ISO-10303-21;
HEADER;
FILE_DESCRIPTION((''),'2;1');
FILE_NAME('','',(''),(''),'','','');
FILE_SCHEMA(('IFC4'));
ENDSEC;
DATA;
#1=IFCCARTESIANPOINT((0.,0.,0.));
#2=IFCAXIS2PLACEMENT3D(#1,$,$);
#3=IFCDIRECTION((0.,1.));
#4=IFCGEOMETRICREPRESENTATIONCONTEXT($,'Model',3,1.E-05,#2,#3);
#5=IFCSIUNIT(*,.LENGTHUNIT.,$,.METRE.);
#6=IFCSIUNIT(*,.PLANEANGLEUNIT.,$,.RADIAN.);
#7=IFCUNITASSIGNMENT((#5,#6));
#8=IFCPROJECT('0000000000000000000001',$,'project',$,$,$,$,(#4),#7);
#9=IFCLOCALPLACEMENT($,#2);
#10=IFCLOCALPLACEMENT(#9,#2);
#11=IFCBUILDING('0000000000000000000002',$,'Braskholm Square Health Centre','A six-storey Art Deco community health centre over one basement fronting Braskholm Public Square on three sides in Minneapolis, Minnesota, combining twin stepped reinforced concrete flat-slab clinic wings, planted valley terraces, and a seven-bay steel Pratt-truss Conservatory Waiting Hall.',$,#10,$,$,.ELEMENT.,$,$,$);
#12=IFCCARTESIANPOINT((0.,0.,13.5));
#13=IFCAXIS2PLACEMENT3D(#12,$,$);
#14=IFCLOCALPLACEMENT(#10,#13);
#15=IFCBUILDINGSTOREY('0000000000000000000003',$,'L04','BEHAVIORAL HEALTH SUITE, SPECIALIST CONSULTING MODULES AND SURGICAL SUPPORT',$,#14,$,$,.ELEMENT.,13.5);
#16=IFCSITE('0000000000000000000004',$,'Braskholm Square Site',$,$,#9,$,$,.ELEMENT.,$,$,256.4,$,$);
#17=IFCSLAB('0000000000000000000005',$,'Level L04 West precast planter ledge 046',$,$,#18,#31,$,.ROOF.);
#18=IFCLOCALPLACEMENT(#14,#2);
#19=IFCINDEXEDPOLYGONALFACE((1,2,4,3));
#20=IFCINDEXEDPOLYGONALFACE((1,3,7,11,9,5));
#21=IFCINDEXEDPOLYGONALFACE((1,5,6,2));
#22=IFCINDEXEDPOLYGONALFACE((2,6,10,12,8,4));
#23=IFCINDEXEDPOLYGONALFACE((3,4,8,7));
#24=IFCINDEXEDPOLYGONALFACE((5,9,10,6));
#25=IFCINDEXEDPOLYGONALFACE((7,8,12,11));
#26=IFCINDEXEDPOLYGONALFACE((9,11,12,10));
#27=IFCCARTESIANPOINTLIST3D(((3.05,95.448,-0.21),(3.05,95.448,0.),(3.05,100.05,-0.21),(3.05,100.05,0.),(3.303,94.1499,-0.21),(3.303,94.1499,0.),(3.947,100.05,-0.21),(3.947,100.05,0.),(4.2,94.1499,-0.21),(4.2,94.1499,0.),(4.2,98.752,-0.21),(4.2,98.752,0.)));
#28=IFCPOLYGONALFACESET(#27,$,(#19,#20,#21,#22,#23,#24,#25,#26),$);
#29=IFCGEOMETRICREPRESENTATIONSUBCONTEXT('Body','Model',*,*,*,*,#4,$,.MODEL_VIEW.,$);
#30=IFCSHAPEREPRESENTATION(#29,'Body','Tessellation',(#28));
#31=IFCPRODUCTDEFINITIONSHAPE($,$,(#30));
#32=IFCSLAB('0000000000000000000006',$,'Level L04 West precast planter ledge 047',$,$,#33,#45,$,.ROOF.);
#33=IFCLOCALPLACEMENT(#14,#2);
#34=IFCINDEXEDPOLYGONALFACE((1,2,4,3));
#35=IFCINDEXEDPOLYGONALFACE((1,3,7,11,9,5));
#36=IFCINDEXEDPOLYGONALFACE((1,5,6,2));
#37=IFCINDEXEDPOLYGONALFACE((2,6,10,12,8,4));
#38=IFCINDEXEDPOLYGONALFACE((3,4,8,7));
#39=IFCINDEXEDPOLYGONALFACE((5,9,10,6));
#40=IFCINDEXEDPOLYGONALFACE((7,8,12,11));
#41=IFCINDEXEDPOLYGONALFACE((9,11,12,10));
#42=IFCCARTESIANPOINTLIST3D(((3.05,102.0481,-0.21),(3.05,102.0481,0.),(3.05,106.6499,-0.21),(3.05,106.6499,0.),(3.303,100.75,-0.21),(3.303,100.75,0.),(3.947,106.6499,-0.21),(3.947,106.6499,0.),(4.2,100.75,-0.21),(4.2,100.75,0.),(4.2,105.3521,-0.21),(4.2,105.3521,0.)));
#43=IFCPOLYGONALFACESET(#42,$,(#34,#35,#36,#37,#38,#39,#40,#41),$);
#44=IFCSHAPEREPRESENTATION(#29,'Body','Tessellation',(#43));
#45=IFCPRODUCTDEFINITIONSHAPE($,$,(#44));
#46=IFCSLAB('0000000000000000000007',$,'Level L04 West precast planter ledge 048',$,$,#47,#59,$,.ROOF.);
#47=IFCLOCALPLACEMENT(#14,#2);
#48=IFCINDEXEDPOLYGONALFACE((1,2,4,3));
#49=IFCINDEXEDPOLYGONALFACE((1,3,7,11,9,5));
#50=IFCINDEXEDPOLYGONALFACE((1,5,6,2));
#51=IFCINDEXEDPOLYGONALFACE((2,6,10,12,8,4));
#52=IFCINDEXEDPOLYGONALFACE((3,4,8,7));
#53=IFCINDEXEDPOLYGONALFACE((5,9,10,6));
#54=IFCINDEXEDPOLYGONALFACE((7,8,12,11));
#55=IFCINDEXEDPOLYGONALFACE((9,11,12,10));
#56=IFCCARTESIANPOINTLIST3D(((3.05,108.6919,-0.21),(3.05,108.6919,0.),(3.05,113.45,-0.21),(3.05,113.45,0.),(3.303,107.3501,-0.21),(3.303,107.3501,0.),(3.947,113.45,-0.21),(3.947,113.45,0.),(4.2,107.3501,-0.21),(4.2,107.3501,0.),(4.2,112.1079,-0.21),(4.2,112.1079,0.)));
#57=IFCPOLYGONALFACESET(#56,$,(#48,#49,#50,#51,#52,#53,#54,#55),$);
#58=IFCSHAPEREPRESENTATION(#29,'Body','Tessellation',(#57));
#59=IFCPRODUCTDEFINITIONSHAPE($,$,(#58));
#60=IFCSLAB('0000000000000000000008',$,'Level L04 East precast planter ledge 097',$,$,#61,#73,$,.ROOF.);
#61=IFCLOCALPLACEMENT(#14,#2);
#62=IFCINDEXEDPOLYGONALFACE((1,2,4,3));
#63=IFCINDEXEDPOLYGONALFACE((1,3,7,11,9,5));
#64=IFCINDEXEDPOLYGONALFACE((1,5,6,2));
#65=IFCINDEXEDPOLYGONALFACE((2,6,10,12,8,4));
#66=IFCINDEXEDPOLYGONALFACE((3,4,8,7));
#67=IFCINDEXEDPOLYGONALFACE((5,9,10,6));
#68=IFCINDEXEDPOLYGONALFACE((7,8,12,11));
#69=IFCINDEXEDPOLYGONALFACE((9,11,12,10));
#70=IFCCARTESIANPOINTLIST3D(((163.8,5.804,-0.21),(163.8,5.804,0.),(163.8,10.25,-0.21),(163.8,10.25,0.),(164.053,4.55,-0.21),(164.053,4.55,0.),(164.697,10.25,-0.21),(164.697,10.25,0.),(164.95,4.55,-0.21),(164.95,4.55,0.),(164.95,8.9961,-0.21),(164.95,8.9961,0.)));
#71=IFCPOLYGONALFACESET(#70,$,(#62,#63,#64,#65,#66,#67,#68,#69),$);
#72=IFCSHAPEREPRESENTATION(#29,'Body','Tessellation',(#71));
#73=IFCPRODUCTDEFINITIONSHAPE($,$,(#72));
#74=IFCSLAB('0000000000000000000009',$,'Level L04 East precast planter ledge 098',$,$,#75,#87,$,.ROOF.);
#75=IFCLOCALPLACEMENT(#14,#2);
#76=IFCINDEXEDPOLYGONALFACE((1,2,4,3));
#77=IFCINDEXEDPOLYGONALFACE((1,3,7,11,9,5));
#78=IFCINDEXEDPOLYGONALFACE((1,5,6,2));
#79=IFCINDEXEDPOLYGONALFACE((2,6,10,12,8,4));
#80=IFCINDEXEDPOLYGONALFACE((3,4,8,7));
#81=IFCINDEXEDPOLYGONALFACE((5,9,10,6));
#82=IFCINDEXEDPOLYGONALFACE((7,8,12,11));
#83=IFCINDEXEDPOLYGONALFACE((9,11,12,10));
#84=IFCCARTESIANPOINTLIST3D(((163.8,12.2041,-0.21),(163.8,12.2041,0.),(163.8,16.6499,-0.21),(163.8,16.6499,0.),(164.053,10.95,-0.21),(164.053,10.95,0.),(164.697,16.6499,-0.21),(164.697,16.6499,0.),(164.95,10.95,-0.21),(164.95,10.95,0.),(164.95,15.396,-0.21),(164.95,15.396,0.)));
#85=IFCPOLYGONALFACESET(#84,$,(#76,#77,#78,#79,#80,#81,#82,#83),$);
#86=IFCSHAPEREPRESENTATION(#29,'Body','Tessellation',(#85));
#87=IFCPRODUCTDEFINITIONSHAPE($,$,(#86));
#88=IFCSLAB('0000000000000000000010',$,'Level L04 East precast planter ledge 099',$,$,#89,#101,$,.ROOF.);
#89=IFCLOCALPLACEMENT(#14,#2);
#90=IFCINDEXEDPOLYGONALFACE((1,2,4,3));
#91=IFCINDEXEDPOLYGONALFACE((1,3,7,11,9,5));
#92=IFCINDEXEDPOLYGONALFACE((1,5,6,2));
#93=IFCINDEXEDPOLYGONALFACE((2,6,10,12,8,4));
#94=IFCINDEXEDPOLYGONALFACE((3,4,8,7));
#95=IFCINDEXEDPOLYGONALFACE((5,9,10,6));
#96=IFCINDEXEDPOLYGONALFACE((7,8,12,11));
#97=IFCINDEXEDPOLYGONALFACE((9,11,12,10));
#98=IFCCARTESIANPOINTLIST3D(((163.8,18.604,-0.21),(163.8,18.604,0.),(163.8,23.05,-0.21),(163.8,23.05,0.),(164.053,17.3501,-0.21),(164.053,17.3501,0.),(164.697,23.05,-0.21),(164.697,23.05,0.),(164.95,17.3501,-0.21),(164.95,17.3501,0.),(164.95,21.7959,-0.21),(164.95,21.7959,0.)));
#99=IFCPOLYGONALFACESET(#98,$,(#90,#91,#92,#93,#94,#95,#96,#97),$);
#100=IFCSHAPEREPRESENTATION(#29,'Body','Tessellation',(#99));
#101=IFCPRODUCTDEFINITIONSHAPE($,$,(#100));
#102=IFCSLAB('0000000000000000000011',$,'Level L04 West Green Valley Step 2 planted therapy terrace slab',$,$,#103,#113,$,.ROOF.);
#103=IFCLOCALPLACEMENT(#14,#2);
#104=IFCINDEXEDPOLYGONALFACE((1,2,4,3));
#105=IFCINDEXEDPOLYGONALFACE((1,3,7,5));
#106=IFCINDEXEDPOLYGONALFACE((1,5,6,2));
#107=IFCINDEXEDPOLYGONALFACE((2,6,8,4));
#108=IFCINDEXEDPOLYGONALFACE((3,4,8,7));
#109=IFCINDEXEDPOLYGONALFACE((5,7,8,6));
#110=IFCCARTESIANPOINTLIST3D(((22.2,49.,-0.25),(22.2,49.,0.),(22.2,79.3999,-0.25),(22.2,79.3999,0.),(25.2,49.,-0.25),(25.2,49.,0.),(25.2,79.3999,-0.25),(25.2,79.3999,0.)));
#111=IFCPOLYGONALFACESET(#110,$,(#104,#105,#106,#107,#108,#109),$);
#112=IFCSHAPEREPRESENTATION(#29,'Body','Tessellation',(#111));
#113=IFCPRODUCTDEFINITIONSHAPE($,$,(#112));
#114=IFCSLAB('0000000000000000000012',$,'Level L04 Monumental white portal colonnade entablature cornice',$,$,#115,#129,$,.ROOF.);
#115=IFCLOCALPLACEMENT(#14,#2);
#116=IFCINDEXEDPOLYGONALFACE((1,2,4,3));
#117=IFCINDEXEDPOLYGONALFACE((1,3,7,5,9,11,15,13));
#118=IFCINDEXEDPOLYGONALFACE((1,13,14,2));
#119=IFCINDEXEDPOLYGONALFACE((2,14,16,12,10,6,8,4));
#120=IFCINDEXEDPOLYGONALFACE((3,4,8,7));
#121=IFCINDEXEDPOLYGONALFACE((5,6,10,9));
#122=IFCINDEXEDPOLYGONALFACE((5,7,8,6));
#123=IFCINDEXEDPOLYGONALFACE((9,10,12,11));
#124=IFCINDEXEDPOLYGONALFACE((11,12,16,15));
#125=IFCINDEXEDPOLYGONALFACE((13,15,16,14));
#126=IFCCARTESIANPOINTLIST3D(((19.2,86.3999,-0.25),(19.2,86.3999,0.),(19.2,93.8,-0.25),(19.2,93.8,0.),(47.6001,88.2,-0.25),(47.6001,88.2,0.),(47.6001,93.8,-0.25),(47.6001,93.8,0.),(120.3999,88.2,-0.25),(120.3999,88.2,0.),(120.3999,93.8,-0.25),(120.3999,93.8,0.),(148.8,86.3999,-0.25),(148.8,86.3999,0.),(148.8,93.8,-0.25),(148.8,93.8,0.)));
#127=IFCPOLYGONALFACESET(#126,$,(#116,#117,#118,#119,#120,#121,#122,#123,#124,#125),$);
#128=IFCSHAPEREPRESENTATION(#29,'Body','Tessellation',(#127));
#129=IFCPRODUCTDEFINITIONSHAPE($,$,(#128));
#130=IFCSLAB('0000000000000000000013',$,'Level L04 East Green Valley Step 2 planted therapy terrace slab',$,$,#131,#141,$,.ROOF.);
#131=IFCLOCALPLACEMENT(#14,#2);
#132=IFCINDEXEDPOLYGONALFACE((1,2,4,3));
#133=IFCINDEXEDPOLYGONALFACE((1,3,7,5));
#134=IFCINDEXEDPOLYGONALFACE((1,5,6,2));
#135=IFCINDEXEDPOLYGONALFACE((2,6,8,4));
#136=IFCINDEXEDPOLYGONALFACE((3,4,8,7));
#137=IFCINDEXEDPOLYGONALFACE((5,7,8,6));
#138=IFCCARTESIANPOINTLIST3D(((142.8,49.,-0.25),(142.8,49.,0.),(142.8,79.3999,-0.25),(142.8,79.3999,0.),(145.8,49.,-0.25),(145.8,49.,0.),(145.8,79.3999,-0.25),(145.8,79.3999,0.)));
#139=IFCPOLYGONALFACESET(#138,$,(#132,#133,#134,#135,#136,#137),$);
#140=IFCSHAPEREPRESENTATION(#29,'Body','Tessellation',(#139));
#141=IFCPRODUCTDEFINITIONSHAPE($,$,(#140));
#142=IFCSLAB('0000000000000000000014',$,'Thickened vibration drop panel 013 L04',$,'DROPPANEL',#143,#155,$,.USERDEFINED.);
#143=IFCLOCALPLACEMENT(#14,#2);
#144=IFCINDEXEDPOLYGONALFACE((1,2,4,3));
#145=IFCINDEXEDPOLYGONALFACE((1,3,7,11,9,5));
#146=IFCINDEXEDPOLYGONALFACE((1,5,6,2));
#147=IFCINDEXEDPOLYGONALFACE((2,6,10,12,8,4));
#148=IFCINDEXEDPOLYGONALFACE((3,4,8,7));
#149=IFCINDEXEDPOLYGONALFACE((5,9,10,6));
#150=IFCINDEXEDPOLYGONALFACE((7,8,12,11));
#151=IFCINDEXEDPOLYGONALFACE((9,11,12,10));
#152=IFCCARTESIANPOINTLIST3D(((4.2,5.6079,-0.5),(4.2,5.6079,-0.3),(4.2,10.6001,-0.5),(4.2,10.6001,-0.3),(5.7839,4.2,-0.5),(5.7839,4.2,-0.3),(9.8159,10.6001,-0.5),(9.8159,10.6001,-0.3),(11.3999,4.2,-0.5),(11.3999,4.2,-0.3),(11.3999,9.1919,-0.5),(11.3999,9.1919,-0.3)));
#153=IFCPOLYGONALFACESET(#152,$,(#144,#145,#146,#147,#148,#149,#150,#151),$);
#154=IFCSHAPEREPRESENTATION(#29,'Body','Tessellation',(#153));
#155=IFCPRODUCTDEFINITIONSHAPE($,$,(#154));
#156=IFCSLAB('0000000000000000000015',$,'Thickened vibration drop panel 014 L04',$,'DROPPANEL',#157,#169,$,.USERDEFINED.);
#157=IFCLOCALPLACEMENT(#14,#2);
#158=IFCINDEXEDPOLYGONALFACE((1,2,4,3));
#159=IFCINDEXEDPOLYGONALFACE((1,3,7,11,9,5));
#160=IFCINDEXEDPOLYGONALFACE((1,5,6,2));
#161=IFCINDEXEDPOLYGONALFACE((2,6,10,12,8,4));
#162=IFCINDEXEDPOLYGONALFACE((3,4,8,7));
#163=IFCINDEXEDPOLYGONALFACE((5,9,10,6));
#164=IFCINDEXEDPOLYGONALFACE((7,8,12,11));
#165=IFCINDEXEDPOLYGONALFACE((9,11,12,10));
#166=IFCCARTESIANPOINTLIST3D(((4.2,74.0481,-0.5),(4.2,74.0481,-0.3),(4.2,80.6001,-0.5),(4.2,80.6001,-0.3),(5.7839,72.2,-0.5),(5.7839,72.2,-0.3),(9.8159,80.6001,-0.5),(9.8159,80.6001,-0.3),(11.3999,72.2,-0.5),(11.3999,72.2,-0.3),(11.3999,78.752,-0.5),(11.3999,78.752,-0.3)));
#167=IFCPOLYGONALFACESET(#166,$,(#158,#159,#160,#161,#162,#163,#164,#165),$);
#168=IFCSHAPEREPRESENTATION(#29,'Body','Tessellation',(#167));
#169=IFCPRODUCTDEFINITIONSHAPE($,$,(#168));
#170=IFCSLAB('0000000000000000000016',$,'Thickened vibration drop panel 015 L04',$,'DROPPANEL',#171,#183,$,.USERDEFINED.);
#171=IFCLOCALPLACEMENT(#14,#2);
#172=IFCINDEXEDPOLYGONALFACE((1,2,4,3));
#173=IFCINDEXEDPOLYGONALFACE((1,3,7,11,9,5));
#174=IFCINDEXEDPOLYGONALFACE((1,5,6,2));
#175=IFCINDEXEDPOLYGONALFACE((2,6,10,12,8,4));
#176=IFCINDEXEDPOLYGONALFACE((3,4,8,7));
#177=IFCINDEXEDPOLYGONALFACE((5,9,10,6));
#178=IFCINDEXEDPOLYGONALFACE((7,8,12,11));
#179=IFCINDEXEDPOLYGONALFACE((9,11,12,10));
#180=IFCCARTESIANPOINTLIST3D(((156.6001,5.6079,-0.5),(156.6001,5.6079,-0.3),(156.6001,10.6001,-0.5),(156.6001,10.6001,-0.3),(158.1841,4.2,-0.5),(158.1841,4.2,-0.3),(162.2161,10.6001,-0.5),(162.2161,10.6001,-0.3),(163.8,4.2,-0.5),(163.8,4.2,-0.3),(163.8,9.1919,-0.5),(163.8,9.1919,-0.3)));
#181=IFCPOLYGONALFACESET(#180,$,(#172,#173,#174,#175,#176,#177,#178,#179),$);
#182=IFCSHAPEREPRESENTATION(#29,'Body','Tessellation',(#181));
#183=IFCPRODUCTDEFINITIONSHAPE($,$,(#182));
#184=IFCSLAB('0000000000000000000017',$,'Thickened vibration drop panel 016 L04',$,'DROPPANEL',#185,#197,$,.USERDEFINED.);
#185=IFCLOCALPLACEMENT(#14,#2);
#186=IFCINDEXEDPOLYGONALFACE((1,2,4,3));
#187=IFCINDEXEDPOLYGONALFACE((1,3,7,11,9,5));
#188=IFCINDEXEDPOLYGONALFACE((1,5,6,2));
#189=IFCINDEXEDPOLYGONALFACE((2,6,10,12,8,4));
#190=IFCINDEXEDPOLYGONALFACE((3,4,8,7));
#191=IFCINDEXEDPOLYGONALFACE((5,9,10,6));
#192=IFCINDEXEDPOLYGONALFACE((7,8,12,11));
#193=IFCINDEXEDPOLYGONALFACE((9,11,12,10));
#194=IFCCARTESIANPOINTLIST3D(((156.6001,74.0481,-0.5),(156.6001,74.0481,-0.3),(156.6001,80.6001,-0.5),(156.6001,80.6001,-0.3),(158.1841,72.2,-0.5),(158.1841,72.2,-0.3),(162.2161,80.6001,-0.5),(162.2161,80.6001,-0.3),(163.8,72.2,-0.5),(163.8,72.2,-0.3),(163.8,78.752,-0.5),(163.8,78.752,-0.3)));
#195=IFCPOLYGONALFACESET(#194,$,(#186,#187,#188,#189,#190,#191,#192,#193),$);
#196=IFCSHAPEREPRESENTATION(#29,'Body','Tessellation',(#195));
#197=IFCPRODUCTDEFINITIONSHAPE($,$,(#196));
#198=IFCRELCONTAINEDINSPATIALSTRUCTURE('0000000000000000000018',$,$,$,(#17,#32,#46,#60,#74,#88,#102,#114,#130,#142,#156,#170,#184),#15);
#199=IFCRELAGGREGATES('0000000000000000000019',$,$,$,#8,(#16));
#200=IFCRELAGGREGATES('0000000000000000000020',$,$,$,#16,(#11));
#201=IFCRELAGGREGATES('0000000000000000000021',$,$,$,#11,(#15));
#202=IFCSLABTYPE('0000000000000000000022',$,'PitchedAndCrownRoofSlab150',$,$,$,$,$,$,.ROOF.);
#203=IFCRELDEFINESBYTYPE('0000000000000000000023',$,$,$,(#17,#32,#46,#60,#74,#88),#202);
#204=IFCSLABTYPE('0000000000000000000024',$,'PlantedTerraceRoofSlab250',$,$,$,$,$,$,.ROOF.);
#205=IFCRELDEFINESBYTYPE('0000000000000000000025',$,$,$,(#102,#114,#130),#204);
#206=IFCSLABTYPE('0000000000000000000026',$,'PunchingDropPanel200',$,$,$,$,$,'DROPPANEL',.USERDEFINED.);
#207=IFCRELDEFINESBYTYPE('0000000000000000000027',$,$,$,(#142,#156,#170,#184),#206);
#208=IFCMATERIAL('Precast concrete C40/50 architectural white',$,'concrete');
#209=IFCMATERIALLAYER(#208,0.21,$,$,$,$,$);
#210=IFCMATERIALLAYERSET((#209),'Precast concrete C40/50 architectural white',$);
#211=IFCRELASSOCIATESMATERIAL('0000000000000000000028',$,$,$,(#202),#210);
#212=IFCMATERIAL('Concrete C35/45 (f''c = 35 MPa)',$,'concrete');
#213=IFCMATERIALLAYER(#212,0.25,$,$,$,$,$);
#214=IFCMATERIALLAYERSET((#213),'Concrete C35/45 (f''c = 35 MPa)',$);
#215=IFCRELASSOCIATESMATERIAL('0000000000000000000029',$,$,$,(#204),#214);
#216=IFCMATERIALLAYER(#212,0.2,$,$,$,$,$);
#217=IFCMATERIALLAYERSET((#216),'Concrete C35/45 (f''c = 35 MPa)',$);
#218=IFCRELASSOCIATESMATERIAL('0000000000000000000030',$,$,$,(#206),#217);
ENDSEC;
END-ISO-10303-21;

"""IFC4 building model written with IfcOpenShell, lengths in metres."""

from ifc_helpers import new_model, si_unit, direction, frame, origin, place, context, subcontext, project, spatial, polyline, outline, extrude, material, layer, layer_set, type_object, element, save


model = new_model("IFC4")

# Units and contexts
model_context = context("Model", 3, precision=1e-05, world=origin(), true_north=direction((0.0, 1.0)))
body_context = subcontext(model_context, "Body", "Model", "MODEL_VIEW")
ifc_project = project(units=[si_unit("LENGTHUNIT", "METRE"), si_unit("PLANEANGLEUNIT", "RADIAN")], contexts=[model_context])

# Site, building, storey
site_placement = place(None, origin())
site = spatial("IfcSite", under=ifc_project, at=site_placement, Name="Braskholm Square Site", CompositionType="ELEMENT", RefElevation=256.4)
building_placement = place(site_placement, origin())
building = spatial("IfcBuilding", under=site, at=building_placement, Name="Braskholm Square Health Centre", Description="A six-storey Art Deco community health centre over one basement fronting Braskholm Public Square on three sides in Minneapolis, Minnesota, combining twin stepped reinforced concrete flat-slab clinic wings, planted valley terraces, and a seven-bay steel Pratt-truss Conservatory Waiting Hall.", CompositionType="ELEMENT")
storey_placement = place(building_placement, frame((0.0, 0.0, 13.5)))
storey = spatial("IfcBuildingStorey", under=building, at=storey_placement, Name="L04", Description="BEHAVIORAL HEALTH SUITE, SPECIALIST CONSULTING MODULES AND SURGICAL SUPPORT", CompositionType="ELEMENT", Elevation=13.5)

# Slabs
ifc_material_1 = material(Name="Precast concrete C40/50 architectural white", Category="concrete")
ifc_layer_1 = layer(ifc_material_1, 0.21)
ifc_layer_set_1 = layer_set([ifc_layer_1], Name="Precast concrete C40/50 architectural white")
slab_type_1 = type_object("IfcSlabType", Name="PitchedAndCrownRoofSlab150", PredefinedType="ROOF", material=ifc_layer_set_1)
slab_1_placement = place(storey_placement, frame((0.0, 0.0, -0.21)))
element("IfcSlab", 1, at=slab_1_placement, inside=storey, type_object=slab_type_1, Name="Level L04 West precast planter ledge 046", PredefinedType="ROOF", context=body_context, shape_type="SweptSolid", body=[
    extrude(outline(polyline([(3.303, 94.1499), (4.2, 94.1499), (4.2, 98.752), (3.947, 100.05), (3.05, 100.05), (3.05, 95.448), (3.303, 94.1499)])), origin(), (0.0, 0.0, 1.0), 0.21),
])
slab_2_placement = place(storey_placement, frame((0.0, 0.0, -0.21)))
element("IfcSlab", 2, at=slab_2_placement, inside=storey, type_object=slab_type_1, Name="Level L04 West precast planter ledge 047", PredefinedType="ROOF", context=body_context, shape_type="SweptSolid", body=[
    extrude(outline(polyline([(3.303, 100.75), (4.2, 100.75), (4.2, 105.3521), (3.947, 106.6499), (3.05, 106.6499), (3.05, 102.0481), (3.303, 100.75)])), origin(), (0.0, 0.0, 1.0), 0.21),
])
slab_3_placement = place(storey_placement, frame((0.0, 0.0, -0.21)))
element("IfcSlab", 3, at=slab_3_placement, inside=storey, type_object=slab_type_1, Name="Level L04 West precast planter ledge 048", PredefinedType="ROOF", context=body_context, shape_type="SweptSolid", body=[
    extrude(outline(polyline([(3.303, 107.3501), (4.2, 107.3501), (4.2, 112.1079), (3.947, 113.45), (3.05, 113.45), (3.05, 108.6919), (3.303, 107.3501)])), origin(), (0.0, 0.0, 1.0), 0.21),
])
slab_4_placement = place(storey_placement, frame((0.0, 0.0, -0.21)))
element("IfcSlab", 4, at=slab_4_placement, inside=storey, type_object=slab_type_1, Name="Level L04 East precast planter ledge 097", PredefinedType="ROOF", context=body_context, shape_type="SweptSolid", body=[
    extrude(outline(polyline([(164.053, 4.55), (164.95, 4.55), (164.95, 8.9961), (164.697, 10.25), (163.8, 10.25), (163.8, 5.804), (164.053, 4.55)])), origin(), (0.0, 0.0, 1.0), 0.21),
])
slab_5_placement = place(storey_placement, frame((0.0, 0.0, -0.21)))
element("IfcSlab", 5, at=slab_5_placement, inside=storey, type_object=slab_type_1, Name="Level L04 East precast planter ledge 098", PredefinedType="ROOF", context=body_context, shape_type="SweptSolid", body=[
    extrude(outline(polyline([(164.053, 10.95), (164.95, 10.95), (164.95, 15.396), (164.697, 16.6499), (163.8, 16.6499), (163.8, 12.2041), (164.053, 10.95)])), origin(), (0.0, 0.0, 1.0), 0.21),
])
slab_6_placement = place(storey_placement, frame((0.0, 0.0, -0.21)))
element("IfcSlab", 6, at=slab_6_placement, inside=storey, type_object=slab_type_1, Name="Level L04 East precast planter ledge 099", PredefinedType="ROOF", context=body_context, shape_type="SweptSolid", body=[
    extrude(outline(polyline([(164.053, 17.3501), (164.95, 17.3501), (164.95, 21.7959), (164.697, 23.05), (163.8, 23.05), (163.8, 18.604), (164.053, 17.3501)])), origin(), (0.0, 0.0, 1.0), 0.21),
])
ifc_material_2 = material(Name="Concrete C35/45 (f'c = 35 MPa)", Category="concrete")
ifc_layer_2 = layer(ifc_material_2, 0.25)
ifc_layer_set_2 = layer_set([ifc_layer_2], Name="Concrete C35/45 (f'c = 35 MPa)")
slab_type_2 = type_object("IfcSlabType", Name="PlantedTerraceRoofSlab250", PredefinedType="ROOF", material=ifc_layer_set_2)
slab_7_placement = place(storey_placement, frame((0.0, 0.0, -0.25)))
element("IfcSlab", 7, at=slab_7_placement, inside=storey, type_object=slab_type_2, Name="Level L04 West Green Valley Step 2 planted therapy terrace slab", PredefinedType="ROOF", context=body_context, shape_type="SweptSolid", body=[
    extrude(outline(polyline([(22.2, 49.0), (25.2, 49.0), (25.2, 79.3999), (22.2, 79.3999), (22.2, 49.0)])), origin(), (0.0, 0.0, 1.0), 0.25),
])
slab_8_placement = place(storey_placement, frame((0.0, 0.0, -0.25)))
element("IfcSlab", 8, at=slab_8_placement, inside=storey, type_object=slab_type_2, Name="Level L04 Monumental white portal colonnade entablature cornice", PredefinedType="ROOF", context=body_context, shape_type="SweptSolid", body=[
    extrude(outline(polyline([(19.2, 86.3999), (148.8, 86.3999), (148.8, 93.8), (120.3999, 93.8), (120.3999, 88.2), (47.6001, 88.2), (47.6001, 93.8), (19.2, 93.8), (19.2, 86.3999)])), origin(), (0.0, 0.0, 1.0), 0.25),
])
slab_9_placement = place(storey_placement, frame((0.0, 0.0, -0.25)))
element("IfcSlab", 9, at=slab_9_placement, inside=storey, type_object=slab_type_2, Name="Level L04 East Green Valley Step 2 planted therapy terrace slab", PredefinedType="ROOF", context=body_context, shape_type="SweptSolid", body=[
    extrude(outline(polyline([(142.8, 49.0), (145.8, 49.0), (145.8, 79.3999), (142.8, 79.3999), (142.8, 49.0)])), origin(), (0.0, 0.0, 1.0), 0.25),
])
ifc_layer_3 = layer(ifc_material_2, 0.2)
ifc_layer_set_3 = layer_set([ifc_layer_3], Name="Concrete C35/45 (f'c = 35 MPa)")
slab_type_3 = type_object("IfcSlabType", Name="PunchingDropPanel200", ElementType="DROPPANEL", PredefinedType="USERDEFINED", material=ifc_layer_set_3)
slab_10_placement = place(storey_placement, frame((0.0, 0.0, -0.5)))
element("IfcSlab", 10, at=slab_10_placement, inside=storey, type_object=slab_type_3, Name="Thickened vibration drop panel 013 L04", ObjectType="DROPPANEL", PredefinedType="USERDEFINED", context=body_context, shape_type="SweptSolid", body=[
    extrude(outline(polyline([(5.7839, 4.2), (11.3999, 4.2), (11.3999, 9.1919), (9.8159, 10.6001), (4.2, 10.6001), (4.2, 5.6079), (5.7839, 4.2)])), origin(), (0.0, 0.0, 1.0), 0.2),
])
slab_11_placement = place(storey_placement, frame((0.0, 0.0, -0.5)))
element("IfcSlab", 11, at=slab_11_placement, inside=storey, type_object=slab_type_3, Name="Thickened vibration drop panel 014 L04", ObjectType="DROPPANEL", PredefinedType="USERDEFINED", context=body_context, shape_type="SweptSolid", body=[
    extrude(outline(polyline([(5.7839, 72.2), (11.3999, 72.2), (11.3999, 78.752), (9.8159, 80.6001), (4.2, 80.6001), (4.2, 74.0481), (5.7839, 72.2)])), origin(), (0.0, 0.0, 1.0), 0.2),
])
slab_12_placement = place(storey_placement, frame((0.0, 0.0, -0.5)))
element("IfcSlab", 12, at=slab_12_placement, inside=storey, type_object=slab_type_3, Name="Thickened vibration drop panel 015 L04", ObjectType="DROPPANEL", PredefinedType="USERDEFINED", context=body_context, shape_type="SweptSolid", body=[
    extrude(outline(polyline([(158.1841, 4.2), (163.8, 4.2), (163.8, 9.1919), (162.2161, 10.6001), (156.6001, 10.6001), (156.6001, 5.6079), (158.1841, 4.2)])), origin(), (0.0, 0.0, 1.0), 0.2),
])
slab_13_placement = place(storey_placement, frame((0.0, 0.0, -0.5)))
element("IfcSlab", 13, at=slab_13_placement, inside=storey, type_object=slab_type_3, Name="Thickened vibration drop panel 016 L04", ObjectType="DROPPANEL", PredefinedType="USERDEFINED", context=body_context, shape_type="SweptSolid", body=[
    extrude(outline(polyline([(158.1841, 72.2), (163.8, 72.2), (163.8, 78.752), (162.2161, 80.6001), (156.6001, 80.6001), (156.6001, 74.0481), (158.1841, 72.2)])), origin(), (0.0, 0.0, 1.0), 0.2),
])

save(model, "model.ifc")
